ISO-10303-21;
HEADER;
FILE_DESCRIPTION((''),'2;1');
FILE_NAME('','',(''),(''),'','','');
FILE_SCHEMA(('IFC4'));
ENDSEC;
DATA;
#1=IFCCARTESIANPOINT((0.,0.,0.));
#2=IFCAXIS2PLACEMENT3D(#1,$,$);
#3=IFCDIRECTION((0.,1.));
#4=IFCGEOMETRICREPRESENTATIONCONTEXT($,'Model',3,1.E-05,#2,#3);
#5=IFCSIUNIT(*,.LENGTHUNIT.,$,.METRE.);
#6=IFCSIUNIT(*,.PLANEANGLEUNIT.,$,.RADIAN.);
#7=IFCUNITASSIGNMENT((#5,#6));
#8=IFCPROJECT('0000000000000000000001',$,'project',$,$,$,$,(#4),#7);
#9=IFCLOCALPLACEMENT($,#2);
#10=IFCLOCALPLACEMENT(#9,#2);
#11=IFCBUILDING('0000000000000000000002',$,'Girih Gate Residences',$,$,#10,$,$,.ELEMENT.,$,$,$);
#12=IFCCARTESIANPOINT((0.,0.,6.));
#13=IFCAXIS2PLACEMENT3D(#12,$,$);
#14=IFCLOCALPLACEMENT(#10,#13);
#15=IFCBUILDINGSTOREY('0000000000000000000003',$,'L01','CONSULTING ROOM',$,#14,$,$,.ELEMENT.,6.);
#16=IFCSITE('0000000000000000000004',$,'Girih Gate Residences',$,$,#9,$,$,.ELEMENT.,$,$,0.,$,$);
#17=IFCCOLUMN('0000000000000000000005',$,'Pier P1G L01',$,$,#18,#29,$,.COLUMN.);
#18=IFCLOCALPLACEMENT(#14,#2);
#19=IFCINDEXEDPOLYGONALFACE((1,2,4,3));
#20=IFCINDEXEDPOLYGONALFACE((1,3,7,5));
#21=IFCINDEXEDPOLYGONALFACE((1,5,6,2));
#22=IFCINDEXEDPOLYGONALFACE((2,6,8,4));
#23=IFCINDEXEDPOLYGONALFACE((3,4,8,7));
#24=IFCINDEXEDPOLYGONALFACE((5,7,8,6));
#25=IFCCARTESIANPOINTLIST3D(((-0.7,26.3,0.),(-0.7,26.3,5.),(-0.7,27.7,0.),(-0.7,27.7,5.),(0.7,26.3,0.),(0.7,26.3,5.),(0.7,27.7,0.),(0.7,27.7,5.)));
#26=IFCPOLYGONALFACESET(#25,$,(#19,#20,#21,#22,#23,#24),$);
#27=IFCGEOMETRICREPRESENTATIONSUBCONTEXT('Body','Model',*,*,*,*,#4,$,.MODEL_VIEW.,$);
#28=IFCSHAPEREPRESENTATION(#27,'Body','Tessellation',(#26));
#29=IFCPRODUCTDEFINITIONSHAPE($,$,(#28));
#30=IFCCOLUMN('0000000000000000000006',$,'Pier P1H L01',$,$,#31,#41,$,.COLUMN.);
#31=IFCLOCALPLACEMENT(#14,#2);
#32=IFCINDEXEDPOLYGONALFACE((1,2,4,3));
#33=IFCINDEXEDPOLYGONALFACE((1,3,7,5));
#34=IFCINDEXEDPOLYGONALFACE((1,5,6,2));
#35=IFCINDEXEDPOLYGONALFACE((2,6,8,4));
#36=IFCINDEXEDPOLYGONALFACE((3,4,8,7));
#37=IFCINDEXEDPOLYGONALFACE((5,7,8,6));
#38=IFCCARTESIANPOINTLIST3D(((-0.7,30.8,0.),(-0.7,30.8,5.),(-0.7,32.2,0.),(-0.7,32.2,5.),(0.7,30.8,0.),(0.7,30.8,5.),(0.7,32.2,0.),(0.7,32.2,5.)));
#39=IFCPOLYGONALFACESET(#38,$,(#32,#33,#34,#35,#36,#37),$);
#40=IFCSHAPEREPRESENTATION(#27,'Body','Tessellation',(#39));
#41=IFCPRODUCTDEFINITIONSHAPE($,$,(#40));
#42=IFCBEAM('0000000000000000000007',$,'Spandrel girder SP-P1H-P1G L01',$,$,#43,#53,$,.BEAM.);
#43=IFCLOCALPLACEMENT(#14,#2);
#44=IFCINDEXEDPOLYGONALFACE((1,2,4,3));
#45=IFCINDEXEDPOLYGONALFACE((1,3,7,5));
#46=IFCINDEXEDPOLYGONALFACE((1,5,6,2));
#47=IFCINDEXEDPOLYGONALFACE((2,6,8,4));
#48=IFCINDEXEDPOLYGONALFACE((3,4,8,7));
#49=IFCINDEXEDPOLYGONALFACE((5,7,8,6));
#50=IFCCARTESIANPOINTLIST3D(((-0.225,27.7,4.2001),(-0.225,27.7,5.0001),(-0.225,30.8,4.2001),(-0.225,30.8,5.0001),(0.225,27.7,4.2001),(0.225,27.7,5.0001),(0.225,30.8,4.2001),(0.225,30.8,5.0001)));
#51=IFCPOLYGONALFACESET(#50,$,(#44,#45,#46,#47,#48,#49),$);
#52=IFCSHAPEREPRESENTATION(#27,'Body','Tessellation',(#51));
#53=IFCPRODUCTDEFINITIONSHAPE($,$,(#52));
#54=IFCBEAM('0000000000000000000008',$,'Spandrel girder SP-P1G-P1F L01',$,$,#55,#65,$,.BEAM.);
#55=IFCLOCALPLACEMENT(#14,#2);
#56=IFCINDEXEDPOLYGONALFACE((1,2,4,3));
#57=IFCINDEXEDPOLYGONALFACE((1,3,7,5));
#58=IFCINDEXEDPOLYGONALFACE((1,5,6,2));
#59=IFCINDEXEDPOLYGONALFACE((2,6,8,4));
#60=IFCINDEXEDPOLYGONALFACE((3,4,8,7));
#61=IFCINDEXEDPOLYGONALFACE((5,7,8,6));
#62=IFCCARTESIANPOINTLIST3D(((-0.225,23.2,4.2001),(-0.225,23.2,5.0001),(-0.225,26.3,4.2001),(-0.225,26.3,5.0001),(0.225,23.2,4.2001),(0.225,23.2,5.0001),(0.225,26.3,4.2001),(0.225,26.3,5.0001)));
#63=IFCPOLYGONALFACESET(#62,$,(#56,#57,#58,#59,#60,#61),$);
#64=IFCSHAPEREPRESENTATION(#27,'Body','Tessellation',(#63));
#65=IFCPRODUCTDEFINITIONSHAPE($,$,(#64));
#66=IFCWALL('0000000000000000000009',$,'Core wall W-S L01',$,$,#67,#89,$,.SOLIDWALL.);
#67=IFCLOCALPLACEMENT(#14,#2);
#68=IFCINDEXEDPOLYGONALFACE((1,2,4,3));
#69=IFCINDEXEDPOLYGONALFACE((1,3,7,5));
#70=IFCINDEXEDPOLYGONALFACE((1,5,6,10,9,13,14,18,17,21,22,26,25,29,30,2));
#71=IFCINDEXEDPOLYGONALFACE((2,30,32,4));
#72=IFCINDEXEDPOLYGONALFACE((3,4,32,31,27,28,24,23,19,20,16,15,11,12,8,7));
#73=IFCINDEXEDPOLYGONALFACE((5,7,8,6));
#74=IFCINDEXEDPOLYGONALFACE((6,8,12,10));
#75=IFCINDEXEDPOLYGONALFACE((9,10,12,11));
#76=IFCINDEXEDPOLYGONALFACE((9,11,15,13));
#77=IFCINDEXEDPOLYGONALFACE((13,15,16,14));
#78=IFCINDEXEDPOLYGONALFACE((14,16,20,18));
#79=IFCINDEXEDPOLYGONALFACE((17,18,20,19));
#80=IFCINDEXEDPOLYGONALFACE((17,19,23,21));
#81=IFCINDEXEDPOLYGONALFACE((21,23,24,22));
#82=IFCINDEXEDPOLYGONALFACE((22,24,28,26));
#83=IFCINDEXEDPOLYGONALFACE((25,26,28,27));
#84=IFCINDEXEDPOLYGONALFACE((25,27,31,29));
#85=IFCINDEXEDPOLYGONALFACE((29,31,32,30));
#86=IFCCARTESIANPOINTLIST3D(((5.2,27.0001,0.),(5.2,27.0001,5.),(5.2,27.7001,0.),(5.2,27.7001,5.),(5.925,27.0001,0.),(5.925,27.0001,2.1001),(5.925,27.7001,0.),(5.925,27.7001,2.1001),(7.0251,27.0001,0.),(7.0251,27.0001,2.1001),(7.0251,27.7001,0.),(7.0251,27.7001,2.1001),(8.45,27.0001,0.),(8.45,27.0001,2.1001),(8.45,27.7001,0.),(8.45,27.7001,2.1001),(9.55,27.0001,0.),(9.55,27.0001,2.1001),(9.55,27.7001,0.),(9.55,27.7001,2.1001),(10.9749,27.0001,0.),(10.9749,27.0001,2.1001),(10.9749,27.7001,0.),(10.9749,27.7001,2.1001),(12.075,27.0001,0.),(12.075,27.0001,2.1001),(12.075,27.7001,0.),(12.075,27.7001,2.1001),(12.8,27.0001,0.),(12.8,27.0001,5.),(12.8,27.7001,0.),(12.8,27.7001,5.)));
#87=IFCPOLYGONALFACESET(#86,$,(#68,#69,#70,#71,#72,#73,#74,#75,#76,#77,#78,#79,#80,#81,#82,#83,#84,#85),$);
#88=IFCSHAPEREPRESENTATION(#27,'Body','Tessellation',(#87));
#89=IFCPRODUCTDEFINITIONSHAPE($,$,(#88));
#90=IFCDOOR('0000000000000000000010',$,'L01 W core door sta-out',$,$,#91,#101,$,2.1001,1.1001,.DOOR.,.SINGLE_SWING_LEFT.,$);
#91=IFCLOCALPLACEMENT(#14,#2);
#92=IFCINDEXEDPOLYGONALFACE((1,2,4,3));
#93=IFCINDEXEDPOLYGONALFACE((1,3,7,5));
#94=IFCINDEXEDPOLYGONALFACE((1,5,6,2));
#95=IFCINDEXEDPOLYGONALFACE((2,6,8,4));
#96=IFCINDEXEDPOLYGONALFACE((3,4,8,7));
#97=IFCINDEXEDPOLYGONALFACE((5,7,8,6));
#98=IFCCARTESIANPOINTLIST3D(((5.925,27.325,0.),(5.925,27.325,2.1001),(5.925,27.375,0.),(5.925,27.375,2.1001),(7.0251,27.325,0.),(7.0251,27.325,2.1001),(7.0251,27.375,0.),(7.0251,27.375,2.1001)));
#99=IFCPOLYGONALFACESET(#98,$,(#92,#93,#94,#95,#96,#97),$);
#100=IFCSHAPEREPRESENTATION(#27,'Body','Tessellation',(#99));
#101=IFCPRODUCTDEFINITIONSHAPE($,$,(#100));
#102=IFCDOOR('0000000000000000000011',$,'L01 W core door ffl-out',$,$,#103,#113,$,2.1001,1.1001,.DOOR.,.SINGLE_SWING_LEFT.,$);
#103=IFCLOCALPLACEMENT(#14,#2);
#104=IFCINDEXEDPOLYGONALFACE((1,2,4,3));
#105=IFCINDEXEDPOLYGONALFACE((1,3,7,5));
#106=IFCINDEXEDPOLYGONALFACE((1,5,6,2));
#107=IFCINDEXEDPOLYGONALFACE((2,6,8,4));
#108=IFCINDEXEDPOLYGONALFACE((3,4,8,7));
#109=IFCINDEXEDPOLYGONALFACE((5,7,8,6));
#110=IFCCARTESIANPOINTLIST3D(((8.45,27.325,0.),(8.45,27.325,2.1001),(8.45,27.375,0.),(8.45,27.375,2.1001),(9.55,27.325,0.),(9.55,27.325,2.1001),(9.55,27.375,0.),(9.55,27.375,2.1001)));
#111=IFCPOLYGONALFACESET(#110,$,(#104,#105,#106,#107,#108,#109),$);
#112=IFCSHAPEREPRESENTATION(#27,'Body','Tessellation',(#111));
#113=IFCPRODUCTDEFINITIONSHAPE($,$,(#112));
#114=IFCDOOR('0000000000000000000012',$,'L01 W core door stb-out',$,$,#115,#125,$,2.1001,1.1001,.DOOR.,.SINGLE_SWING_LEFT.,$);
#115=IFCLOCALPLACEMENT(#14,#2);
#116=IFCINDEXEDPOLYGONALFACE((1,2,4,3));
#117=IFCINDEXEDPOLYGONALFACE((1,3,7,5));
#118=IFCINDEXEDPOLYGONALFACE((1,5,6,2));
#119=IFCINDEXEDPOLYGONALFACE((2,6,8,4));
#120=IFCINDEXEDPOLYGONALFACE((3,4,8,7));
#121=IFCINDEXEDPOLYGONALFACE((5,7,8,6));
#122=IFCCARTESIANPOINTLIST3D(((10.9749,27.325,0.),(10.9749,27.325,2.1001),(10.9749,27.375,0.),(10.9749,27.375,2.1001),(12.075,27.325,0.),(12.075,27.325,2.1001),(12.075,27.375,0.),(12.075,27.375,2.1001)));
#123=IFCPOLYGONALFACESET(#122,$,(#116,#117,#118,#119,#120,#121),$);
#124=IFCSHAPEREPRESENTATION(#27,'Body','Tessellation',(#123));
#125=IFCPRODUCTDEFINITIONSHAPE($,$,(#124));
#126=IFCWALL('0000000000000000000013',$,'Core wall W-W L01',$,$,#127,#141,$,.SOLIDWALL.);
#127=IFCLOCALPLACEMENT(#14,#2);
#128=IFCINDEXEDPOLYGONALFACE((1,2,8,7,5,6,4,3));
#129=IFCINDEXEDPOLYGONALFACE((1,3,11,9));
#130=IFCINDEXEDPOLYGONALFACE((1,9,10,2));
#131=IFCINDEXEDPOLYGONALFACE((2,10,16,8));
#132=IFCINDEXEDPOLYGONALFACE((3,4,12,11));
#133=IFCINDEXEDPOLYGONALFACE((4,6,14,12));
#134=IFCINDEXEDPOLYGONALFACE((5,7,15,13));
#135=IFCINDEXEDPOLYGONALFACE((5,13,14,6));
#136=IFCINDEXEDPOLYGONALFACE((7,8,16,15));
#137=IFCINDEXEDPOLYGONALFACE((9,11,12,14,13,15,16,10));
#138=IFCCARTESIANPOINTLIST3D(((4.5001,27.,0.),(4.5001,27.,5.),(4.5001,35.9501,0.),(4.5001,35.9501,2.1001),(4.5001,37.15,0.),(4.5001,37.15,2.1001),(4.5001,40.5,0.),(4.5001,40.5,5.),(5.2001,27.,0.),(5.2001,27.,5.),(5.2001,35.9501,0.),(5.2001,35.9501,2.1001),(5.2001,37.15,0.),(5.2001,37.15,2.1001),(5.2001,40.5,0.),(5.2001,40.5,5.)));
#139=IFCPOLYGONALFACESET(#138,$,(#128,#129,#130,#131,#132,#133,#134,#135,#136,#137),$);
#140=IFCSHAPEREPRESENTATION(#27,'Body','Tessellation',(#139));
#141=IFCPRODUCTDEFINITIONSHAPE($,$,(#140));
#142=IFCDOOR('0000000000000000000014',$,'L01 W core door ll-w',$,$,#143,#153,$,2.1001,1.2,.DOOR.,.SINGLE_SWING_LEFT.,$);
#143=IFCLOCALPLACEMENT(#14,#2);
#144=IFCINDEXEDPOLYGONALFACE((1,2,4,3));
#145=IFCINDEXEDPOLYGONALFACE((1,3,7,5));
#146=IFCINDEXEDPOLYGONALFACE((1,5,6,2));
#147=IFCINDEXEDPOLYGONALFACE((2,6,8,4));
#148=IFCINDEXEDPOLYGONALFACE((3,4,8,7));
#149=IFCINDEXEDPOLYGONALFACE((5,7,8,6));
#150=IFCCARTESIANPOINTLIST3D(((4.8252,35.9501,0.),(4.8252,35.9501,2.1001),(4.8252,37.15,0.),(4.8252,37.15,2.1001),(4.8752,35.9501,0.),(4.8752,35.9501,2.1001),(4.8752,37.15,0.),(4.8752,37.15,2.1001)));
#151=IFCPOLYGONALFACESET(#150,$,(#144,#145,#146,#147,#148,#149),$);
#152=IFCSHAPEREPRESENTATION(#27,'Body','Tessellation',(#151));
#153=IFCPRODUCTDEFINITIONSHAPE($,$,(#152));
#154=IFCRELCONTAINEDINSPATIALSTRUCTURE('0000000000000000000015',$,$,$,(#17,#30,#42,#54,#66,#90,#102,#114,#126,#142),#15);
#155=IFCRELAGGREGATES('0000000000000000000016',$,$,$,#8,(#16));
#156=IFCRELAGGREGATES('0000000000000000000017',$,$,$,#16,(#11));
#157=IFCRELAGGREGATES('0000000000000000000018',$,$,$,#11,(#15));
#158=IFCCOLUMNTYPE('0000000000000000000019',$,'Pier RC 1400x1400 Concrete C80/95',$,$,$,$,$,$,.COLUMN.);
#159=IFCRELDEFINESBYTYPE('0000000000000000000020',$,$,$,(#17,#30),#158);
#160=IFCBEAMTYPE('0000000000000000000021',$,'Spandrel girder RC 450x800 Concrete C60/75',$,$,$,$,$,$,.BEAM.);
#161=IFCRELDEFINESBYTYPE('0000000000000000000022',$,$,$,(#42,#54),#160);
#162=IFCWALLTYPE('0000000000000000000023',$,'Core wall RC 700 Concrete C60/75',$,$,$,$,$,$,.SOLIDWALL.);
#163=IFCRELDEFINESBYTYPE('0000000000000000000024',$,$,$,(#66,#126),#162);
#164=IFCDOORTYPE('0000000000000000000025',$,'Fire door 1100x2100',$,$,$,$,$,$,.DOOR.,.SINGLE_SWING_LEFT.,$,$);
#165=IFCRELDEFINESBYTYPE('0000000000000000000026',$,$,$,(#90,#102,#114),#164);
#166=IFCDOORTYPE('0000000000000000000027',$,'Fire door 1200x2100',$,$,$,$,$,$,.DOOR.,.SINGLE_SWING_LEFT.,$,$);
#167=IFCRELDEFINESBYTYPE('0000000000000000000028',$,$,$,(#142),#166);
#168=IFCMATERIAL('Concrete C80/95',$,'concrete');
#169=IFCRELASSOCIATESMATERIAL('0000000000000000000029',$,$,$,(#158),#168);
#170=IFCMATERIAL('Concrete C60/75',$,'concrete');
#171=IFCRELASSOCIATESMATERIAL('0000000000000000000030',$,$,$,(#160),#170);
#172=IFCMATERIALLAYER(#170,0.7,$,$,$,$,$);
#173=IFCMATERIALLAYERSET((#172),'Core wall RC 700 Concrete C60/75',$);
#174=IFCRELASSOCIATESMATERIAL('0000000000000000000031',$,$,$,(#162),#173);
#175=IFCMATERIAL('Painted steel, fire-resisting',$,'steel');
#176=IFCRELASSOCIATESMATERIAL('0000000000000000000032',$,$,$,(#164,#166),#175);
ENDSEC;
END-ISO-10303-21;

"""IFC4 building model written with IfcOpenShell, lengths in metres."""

from ifc_helpers import new_model, si_unit, direction, frame, frame_2d, origin, origin_2d, place, context, subcontext, project, spatial, rectangle, extrude, material, layer, layer_set, material_profile, profile_set, type_object, element, fill, save


model = new_model("IFC4")

# Units and contexts
model_context = context("Model", 3, precision=1e-05, world=origin(), true_north=direction((0.0, 1.0)))
body_context = subcontext(model_context, "Body", "Model", "MODEL_VIEW")
ifc_project = project(units=[si_unit("LENGTHUNIT", "METRE"), si_unit("PLANEANGLEUNIT", "RADIAN")], contexts=[model_context])

# Site, building, storey
site_placement = place(None, origin())
site = spatial("IfcSite", under=ifc_project, at=site_placement, Name="Girih Gate Residences", CompositionType="ELEMENT", RefElevation=0.0)
building_placement = place(site_placement, origin())
building = spatial("IfcBuilding", under=site, at=building_placement, Name="Girih Gate Residences", CompositionType="ELEMENT")
storey_placement = place(building_placement, frame((0.0, 0.0, 6.0)))
storey = spatial("IfcBuildingStorey", under=building, at=storey_placement, Name="L01", Description="CONSULTING ROOM", CompositionType="ELEMENT", Elevation=6.0)

# Columns
ifc_material_1 = material(Name="Concrete C80/95", Category="concrete")
ifc_material_profile_1 = material_profile(ifc_material_1, rectangle(XDim=1.3999, YDim=1.3999, at=origin_2d()))
ifc_profile_set_1 = profile_set([ifc_material_profile_1], Name="Concrete C80/95")
column_type = type_object("IfcColumnType", Name="Pier RC 1400x1400 Concrete C80/95", PredefinedType="COLUMN", material=ifc_profile_set_1)
for number, where, z_axis, x_axis, name in (
    (1, (0.0, 27.0, 0.0), (0.0, 0.0, 1.0), (1.0, 0.0, 0.0), "Pier P1G L01"),
    (2, (0.0, 31.5, 0.0), (0.0, 0.0, 1.0), (1.0, 0.0, 0.0), "Pier P1H L01"),
):
    element("IfcColumn", number, at=place(storey_placement, frame(where, z_axis=z_axis, x_axis=x_axis)), inside=storey, type_object=column_type, Name=name, PredefinedType="COLUMN", context=body_context, shape_type="SweptSolid", body=[
        extrude(rectangle(XDim=1.3999, YDim=1.3999, at=origin_2d()), origin(), (0.0, 0.0, 1.0), 5.0),
    ])

# Beams
ifc_material_2 = material(Name="Concrete C60/75", Category="concrete")
ifc_material_profile_2 = material_profile(ifc_material_2, rectangle(XDim=0.45, YDim=0.8, at=origin_2d()))
ifc_profile_set_2 = profile_set([ifc_material_profile_2], Name="Concrete C60/75")
beam_type = type_object("IfcBeamType", Name="Spandrel girder RC 450x800 Concrete C60/75", PredefinedType="BEAM", material=ifc_profile_set_2)
for number, where, z_axis, x_axis, name in (
    (3, (0.0, 30.8, 4.6001), (0.0, -1.0, 0.0), (1.0, 0.0, 0.0), "Spandrel girder SP-P1H-P1G L01"),
    (4, (0.0, 26.3, 4.6001), (0.0, -1.0, 0.0), (1.0, 0.0, 0.0), "Spandrel girder SP-P1G-P1F L01"),
):
    element("IfcBeam", number, at=place(storey_placement, frame(where, z_axis=z_axis, x_axis=x_axis)), inside=storey, type_object=beam_type, Name=name, PredefinedType="BEAM", context=body_context, shape_type="SweptSolid", body=[
        extrude(rectangle(XDim=0.45, YDim=0.8, at=origin_2d()), origin(), (0.0, 0.0, 1.0), 3.1001),
    ])

# Wall, openings, doors
ifc_layer_1 = layer(ifc_material_2, 0.7)
ifc_layer_set_1 = layer_set([ifc_layer_1], Name="Core wall RC 700 Concrete C60/75")
wall_type_1 = type_object("IfcWallType", Name="Core wall RC 700 Concrete C60/75", PredefinedType="SOLIDWALL", material=ifc_layer_set_1)
wall_1_placement = place(storey_placement, frame((5.2, 27.3501, 0.0), z_axis=(0.0, 0.0, 1.0), x_axis=(1.0, 0.0, 0.0)))
wall_1 = element("IfcWall", 5, at=wall_1_placement, inside=storey, type_object=wall_type_1, Name="Core wall W-S L01", PredefinedType="SOLIDWALL", context=body_context, shape_type="SweptSolid", body=[
    extrude(rectangle(XDim=7.6001, YDim=0.7, at=frame_2d((3.8, 0.0))), origin(), (0.0, 0.0, 1.0), 5.0),
])
opening_1_placement = place(wall_1_placement, frame((0.7251, 0.0, 0.0)))
opening_1 = element("IfcOpeningElement", 6, at=opening_1_placement, cuts=wall_1, PredefinedType="OPENING", context=body_context, shape_type="SweptSolid", body=[
    extrude(rectangle(XDim=1.1001, YDim=2.1001, at=frame_2d((0.55, 1.05))), frame((0.0, 0.3599, 0.0), z_axis=(0.0, -1.0, 0.0), x_axis=(1.0, 0.0, 0.0)), (0.0, 0.0, 1.0), 0.72),
])
opening_2_placement = place(wall_1_placement, frame((3.25, 0.0, 0.0)))
opening_2 = element("IfcOpeningElement", 7, at=opening_2_placement, cuts=wall_1, PredefinedType="OPENING", context=body_context, shape_type="SweptSolid", body=[
    extrude(rectangle(XDim=1.1001, YDim=2.1001, at=frame_2d((0.55, 1.05))), frame((0.0, 0.3599, 0.0), z_axis=(0.0, -1.0, 0.0), x_axis=(1.0, 0.0, 0.0)), (0.0, 0.0, 1.0), 0.72),
])
opening_3_placement = place(wall_1_placement, frame((5.7749, 0.0, 0.0)))
opening_3 = element("IfcOpeningElement", 8, at=opening_3_placement, cuts=wall_1, PredefinedType="OPENING", context=body_context, shape_type="SweptSolid", body=[
    extrude(rectangle(XDim=1.1001, YDim=2.1001, at=frame_2d((0.55, 1.05))), frame((0.0, 0.3599, 0.0), z_axis=(0.0, -1.0, 0.0), x_axis=(1.0, 0.0, 0.0)), (0.0, 0.0, 1.0), 0.72),
])
ifc_material_3 = material(Name="Painted steel, fire-resisting", Category="steel")
door_type_1 = type_object("IfcDoorType", Name="Fire door 1100x2100", OperationType="SINGLE_SWING_LEFT", PredefinedType="DOOR", material=ifc_material_3)
door_1_placement = place(opening_1_placement, origin())
door_1 = element("IfcDoor", 9, at=door_1_placement, inside=storey, type_object=door_type_1, Name="L01 W core door sta-out", OperationType="SINGLE_SWING_LEFT", OverallHeight=2.1001, OverallWidth=1.1001, PredefinedType="DOOR", context=body_context, shape_type="SweptSolid", body=[
    extrude(rectangle(XDim=1.1001, YDim=2.1001, at=frame_2d((0.55, 1.05))), frame((0.0, 0.0249, 0.0), z_axis=(0.0, -1.0, 0.0), x_axis=(1.0, 0.0, 0.0)), (0.0, 0.0, 1.0), 0.05),
])
fill(opening_1, door_1)
door_2_placement = place(opening_2_placement, origin())
door_2 = element("IfcDoor", 10, at=door_2_placement, inside=storey, type_object=door_type_1, Name="L01 W core door ffl-out", OperationType="SINGLE_SWING_LEFT", OverallHeight=2.1001, OverallWidth=1.1001, PredefinedType="DOOR", context=body_context, shape_type="SweptSolid", body=[
    extrude(rectangle(XDim=1.1001, YDim=2.1001, at=frame_2d((0.55, 1.05))), frame((0.0, 0.0249, 0.0), z_axis=(0.0, -1.0, 0.0), x_axis=(1.0, 0.0, 0.0)), (0.0, 0.0, 1.0), 0.05),
])
fill(opening_2, door_2)
door_3_placement = place(opening_3_placement, origin())
door_3 = element("IfcDoor", 11, at=door_3_placement, inside=storey, type_object=door_type_1, Name="L01 W core door stb-out", OperationType="SINGLE_SWING_LEFT", OverallHeight=2.1001, OverallWidth=1.1001, PredefinedType="DOOR", context=body_context, shape_type="SweptSolid", body=[
    extrude(rectangle(XDim=1.1001, YDim=2.1001, at=frame_2d((0.55, 1.05))), frame((0.0, 0.0249, 0.0), z_axis=(0.0, -1.0, 0.0), x_axis=(1.0, 0.0, 0.0)), (0.0, 0.0, 1.0), 0.05),
])
fill(opening_3, door_3)

# Wall, opening, door
wall_2_placement = place(storey_placement, frame((4.8501, 27.0, 0.0), z_axis=(0.0, 0.0, 1.0), x_axis=(0.0, 1.0, 0.0)))
wall_2 = element("IfcWall", 12, at=wall_2_placement, inside=storey, type_object=wall_type_1, Name="Core wall W-W L01", PredefinedType="SOLIDWALL", context=body_context, shape_type="SweptSolid", body=[
    extrude(rectangle(XDim=13.5, YDim=0.7, at=frame_2d((6.75, 0.0))), origin(), (0.0, 0.0, 1.0), 5.0),
])
opening_4_placement = place(wall_2_placement, frame((8.95, 0.0, 0.0)))
opening_4 = element("IfcOpeningElement", 13, at=opening_4_placement, cuts=wall_2, PredefinedType="OPENING", context=body_context, shape_type="SweptSolid", body=[
    extrude(rectangle(XDim=1.2, YDim=2.1001, at=frame_2d((0.6001, 1.05))), frame((0.0, 0.3599, 0.0), z_axis=(0.0, -1.0, 0.0), x_axis=(1.0, 0.0, 0.0)), (0.0, 0.0, 1.0), 0.72),
])
door_type_2 = type_object("IfcDoorType", Name="Fire door 1200x2100", OperationType="SINGLE_SWING_LEFT", PredefinedType="DOOR", material=ifc_material_3)
door_4_placement = place(opening_4_placement, origin())
door_4 = element("IfcDoor", 14, at=door_4_placement, inside=storey, type_object=door_type_2, Name="L01 W core door ll-w", OperationType="SINGLE_SWING_LEFT", OverallHeight=2.1001, OverallWidth=1.2, PredefinedType="DOOR", context=body_context, shape_type="SweptSolid", body=[
    extrude(rectangle(XDim=1.2, YDim=2.1001, at=frame_2d((0.6001, 1.05))), frame((0.0, 0.0249, 0.0), z_axis=(0.0, -1.0, 0.0), x_axis=(1.0, 0.0, 0.0)), (0.0, 0.0, 1.0), 0.05),
])
fill(opening_4, door_4)

save(model, "model.ifc")
